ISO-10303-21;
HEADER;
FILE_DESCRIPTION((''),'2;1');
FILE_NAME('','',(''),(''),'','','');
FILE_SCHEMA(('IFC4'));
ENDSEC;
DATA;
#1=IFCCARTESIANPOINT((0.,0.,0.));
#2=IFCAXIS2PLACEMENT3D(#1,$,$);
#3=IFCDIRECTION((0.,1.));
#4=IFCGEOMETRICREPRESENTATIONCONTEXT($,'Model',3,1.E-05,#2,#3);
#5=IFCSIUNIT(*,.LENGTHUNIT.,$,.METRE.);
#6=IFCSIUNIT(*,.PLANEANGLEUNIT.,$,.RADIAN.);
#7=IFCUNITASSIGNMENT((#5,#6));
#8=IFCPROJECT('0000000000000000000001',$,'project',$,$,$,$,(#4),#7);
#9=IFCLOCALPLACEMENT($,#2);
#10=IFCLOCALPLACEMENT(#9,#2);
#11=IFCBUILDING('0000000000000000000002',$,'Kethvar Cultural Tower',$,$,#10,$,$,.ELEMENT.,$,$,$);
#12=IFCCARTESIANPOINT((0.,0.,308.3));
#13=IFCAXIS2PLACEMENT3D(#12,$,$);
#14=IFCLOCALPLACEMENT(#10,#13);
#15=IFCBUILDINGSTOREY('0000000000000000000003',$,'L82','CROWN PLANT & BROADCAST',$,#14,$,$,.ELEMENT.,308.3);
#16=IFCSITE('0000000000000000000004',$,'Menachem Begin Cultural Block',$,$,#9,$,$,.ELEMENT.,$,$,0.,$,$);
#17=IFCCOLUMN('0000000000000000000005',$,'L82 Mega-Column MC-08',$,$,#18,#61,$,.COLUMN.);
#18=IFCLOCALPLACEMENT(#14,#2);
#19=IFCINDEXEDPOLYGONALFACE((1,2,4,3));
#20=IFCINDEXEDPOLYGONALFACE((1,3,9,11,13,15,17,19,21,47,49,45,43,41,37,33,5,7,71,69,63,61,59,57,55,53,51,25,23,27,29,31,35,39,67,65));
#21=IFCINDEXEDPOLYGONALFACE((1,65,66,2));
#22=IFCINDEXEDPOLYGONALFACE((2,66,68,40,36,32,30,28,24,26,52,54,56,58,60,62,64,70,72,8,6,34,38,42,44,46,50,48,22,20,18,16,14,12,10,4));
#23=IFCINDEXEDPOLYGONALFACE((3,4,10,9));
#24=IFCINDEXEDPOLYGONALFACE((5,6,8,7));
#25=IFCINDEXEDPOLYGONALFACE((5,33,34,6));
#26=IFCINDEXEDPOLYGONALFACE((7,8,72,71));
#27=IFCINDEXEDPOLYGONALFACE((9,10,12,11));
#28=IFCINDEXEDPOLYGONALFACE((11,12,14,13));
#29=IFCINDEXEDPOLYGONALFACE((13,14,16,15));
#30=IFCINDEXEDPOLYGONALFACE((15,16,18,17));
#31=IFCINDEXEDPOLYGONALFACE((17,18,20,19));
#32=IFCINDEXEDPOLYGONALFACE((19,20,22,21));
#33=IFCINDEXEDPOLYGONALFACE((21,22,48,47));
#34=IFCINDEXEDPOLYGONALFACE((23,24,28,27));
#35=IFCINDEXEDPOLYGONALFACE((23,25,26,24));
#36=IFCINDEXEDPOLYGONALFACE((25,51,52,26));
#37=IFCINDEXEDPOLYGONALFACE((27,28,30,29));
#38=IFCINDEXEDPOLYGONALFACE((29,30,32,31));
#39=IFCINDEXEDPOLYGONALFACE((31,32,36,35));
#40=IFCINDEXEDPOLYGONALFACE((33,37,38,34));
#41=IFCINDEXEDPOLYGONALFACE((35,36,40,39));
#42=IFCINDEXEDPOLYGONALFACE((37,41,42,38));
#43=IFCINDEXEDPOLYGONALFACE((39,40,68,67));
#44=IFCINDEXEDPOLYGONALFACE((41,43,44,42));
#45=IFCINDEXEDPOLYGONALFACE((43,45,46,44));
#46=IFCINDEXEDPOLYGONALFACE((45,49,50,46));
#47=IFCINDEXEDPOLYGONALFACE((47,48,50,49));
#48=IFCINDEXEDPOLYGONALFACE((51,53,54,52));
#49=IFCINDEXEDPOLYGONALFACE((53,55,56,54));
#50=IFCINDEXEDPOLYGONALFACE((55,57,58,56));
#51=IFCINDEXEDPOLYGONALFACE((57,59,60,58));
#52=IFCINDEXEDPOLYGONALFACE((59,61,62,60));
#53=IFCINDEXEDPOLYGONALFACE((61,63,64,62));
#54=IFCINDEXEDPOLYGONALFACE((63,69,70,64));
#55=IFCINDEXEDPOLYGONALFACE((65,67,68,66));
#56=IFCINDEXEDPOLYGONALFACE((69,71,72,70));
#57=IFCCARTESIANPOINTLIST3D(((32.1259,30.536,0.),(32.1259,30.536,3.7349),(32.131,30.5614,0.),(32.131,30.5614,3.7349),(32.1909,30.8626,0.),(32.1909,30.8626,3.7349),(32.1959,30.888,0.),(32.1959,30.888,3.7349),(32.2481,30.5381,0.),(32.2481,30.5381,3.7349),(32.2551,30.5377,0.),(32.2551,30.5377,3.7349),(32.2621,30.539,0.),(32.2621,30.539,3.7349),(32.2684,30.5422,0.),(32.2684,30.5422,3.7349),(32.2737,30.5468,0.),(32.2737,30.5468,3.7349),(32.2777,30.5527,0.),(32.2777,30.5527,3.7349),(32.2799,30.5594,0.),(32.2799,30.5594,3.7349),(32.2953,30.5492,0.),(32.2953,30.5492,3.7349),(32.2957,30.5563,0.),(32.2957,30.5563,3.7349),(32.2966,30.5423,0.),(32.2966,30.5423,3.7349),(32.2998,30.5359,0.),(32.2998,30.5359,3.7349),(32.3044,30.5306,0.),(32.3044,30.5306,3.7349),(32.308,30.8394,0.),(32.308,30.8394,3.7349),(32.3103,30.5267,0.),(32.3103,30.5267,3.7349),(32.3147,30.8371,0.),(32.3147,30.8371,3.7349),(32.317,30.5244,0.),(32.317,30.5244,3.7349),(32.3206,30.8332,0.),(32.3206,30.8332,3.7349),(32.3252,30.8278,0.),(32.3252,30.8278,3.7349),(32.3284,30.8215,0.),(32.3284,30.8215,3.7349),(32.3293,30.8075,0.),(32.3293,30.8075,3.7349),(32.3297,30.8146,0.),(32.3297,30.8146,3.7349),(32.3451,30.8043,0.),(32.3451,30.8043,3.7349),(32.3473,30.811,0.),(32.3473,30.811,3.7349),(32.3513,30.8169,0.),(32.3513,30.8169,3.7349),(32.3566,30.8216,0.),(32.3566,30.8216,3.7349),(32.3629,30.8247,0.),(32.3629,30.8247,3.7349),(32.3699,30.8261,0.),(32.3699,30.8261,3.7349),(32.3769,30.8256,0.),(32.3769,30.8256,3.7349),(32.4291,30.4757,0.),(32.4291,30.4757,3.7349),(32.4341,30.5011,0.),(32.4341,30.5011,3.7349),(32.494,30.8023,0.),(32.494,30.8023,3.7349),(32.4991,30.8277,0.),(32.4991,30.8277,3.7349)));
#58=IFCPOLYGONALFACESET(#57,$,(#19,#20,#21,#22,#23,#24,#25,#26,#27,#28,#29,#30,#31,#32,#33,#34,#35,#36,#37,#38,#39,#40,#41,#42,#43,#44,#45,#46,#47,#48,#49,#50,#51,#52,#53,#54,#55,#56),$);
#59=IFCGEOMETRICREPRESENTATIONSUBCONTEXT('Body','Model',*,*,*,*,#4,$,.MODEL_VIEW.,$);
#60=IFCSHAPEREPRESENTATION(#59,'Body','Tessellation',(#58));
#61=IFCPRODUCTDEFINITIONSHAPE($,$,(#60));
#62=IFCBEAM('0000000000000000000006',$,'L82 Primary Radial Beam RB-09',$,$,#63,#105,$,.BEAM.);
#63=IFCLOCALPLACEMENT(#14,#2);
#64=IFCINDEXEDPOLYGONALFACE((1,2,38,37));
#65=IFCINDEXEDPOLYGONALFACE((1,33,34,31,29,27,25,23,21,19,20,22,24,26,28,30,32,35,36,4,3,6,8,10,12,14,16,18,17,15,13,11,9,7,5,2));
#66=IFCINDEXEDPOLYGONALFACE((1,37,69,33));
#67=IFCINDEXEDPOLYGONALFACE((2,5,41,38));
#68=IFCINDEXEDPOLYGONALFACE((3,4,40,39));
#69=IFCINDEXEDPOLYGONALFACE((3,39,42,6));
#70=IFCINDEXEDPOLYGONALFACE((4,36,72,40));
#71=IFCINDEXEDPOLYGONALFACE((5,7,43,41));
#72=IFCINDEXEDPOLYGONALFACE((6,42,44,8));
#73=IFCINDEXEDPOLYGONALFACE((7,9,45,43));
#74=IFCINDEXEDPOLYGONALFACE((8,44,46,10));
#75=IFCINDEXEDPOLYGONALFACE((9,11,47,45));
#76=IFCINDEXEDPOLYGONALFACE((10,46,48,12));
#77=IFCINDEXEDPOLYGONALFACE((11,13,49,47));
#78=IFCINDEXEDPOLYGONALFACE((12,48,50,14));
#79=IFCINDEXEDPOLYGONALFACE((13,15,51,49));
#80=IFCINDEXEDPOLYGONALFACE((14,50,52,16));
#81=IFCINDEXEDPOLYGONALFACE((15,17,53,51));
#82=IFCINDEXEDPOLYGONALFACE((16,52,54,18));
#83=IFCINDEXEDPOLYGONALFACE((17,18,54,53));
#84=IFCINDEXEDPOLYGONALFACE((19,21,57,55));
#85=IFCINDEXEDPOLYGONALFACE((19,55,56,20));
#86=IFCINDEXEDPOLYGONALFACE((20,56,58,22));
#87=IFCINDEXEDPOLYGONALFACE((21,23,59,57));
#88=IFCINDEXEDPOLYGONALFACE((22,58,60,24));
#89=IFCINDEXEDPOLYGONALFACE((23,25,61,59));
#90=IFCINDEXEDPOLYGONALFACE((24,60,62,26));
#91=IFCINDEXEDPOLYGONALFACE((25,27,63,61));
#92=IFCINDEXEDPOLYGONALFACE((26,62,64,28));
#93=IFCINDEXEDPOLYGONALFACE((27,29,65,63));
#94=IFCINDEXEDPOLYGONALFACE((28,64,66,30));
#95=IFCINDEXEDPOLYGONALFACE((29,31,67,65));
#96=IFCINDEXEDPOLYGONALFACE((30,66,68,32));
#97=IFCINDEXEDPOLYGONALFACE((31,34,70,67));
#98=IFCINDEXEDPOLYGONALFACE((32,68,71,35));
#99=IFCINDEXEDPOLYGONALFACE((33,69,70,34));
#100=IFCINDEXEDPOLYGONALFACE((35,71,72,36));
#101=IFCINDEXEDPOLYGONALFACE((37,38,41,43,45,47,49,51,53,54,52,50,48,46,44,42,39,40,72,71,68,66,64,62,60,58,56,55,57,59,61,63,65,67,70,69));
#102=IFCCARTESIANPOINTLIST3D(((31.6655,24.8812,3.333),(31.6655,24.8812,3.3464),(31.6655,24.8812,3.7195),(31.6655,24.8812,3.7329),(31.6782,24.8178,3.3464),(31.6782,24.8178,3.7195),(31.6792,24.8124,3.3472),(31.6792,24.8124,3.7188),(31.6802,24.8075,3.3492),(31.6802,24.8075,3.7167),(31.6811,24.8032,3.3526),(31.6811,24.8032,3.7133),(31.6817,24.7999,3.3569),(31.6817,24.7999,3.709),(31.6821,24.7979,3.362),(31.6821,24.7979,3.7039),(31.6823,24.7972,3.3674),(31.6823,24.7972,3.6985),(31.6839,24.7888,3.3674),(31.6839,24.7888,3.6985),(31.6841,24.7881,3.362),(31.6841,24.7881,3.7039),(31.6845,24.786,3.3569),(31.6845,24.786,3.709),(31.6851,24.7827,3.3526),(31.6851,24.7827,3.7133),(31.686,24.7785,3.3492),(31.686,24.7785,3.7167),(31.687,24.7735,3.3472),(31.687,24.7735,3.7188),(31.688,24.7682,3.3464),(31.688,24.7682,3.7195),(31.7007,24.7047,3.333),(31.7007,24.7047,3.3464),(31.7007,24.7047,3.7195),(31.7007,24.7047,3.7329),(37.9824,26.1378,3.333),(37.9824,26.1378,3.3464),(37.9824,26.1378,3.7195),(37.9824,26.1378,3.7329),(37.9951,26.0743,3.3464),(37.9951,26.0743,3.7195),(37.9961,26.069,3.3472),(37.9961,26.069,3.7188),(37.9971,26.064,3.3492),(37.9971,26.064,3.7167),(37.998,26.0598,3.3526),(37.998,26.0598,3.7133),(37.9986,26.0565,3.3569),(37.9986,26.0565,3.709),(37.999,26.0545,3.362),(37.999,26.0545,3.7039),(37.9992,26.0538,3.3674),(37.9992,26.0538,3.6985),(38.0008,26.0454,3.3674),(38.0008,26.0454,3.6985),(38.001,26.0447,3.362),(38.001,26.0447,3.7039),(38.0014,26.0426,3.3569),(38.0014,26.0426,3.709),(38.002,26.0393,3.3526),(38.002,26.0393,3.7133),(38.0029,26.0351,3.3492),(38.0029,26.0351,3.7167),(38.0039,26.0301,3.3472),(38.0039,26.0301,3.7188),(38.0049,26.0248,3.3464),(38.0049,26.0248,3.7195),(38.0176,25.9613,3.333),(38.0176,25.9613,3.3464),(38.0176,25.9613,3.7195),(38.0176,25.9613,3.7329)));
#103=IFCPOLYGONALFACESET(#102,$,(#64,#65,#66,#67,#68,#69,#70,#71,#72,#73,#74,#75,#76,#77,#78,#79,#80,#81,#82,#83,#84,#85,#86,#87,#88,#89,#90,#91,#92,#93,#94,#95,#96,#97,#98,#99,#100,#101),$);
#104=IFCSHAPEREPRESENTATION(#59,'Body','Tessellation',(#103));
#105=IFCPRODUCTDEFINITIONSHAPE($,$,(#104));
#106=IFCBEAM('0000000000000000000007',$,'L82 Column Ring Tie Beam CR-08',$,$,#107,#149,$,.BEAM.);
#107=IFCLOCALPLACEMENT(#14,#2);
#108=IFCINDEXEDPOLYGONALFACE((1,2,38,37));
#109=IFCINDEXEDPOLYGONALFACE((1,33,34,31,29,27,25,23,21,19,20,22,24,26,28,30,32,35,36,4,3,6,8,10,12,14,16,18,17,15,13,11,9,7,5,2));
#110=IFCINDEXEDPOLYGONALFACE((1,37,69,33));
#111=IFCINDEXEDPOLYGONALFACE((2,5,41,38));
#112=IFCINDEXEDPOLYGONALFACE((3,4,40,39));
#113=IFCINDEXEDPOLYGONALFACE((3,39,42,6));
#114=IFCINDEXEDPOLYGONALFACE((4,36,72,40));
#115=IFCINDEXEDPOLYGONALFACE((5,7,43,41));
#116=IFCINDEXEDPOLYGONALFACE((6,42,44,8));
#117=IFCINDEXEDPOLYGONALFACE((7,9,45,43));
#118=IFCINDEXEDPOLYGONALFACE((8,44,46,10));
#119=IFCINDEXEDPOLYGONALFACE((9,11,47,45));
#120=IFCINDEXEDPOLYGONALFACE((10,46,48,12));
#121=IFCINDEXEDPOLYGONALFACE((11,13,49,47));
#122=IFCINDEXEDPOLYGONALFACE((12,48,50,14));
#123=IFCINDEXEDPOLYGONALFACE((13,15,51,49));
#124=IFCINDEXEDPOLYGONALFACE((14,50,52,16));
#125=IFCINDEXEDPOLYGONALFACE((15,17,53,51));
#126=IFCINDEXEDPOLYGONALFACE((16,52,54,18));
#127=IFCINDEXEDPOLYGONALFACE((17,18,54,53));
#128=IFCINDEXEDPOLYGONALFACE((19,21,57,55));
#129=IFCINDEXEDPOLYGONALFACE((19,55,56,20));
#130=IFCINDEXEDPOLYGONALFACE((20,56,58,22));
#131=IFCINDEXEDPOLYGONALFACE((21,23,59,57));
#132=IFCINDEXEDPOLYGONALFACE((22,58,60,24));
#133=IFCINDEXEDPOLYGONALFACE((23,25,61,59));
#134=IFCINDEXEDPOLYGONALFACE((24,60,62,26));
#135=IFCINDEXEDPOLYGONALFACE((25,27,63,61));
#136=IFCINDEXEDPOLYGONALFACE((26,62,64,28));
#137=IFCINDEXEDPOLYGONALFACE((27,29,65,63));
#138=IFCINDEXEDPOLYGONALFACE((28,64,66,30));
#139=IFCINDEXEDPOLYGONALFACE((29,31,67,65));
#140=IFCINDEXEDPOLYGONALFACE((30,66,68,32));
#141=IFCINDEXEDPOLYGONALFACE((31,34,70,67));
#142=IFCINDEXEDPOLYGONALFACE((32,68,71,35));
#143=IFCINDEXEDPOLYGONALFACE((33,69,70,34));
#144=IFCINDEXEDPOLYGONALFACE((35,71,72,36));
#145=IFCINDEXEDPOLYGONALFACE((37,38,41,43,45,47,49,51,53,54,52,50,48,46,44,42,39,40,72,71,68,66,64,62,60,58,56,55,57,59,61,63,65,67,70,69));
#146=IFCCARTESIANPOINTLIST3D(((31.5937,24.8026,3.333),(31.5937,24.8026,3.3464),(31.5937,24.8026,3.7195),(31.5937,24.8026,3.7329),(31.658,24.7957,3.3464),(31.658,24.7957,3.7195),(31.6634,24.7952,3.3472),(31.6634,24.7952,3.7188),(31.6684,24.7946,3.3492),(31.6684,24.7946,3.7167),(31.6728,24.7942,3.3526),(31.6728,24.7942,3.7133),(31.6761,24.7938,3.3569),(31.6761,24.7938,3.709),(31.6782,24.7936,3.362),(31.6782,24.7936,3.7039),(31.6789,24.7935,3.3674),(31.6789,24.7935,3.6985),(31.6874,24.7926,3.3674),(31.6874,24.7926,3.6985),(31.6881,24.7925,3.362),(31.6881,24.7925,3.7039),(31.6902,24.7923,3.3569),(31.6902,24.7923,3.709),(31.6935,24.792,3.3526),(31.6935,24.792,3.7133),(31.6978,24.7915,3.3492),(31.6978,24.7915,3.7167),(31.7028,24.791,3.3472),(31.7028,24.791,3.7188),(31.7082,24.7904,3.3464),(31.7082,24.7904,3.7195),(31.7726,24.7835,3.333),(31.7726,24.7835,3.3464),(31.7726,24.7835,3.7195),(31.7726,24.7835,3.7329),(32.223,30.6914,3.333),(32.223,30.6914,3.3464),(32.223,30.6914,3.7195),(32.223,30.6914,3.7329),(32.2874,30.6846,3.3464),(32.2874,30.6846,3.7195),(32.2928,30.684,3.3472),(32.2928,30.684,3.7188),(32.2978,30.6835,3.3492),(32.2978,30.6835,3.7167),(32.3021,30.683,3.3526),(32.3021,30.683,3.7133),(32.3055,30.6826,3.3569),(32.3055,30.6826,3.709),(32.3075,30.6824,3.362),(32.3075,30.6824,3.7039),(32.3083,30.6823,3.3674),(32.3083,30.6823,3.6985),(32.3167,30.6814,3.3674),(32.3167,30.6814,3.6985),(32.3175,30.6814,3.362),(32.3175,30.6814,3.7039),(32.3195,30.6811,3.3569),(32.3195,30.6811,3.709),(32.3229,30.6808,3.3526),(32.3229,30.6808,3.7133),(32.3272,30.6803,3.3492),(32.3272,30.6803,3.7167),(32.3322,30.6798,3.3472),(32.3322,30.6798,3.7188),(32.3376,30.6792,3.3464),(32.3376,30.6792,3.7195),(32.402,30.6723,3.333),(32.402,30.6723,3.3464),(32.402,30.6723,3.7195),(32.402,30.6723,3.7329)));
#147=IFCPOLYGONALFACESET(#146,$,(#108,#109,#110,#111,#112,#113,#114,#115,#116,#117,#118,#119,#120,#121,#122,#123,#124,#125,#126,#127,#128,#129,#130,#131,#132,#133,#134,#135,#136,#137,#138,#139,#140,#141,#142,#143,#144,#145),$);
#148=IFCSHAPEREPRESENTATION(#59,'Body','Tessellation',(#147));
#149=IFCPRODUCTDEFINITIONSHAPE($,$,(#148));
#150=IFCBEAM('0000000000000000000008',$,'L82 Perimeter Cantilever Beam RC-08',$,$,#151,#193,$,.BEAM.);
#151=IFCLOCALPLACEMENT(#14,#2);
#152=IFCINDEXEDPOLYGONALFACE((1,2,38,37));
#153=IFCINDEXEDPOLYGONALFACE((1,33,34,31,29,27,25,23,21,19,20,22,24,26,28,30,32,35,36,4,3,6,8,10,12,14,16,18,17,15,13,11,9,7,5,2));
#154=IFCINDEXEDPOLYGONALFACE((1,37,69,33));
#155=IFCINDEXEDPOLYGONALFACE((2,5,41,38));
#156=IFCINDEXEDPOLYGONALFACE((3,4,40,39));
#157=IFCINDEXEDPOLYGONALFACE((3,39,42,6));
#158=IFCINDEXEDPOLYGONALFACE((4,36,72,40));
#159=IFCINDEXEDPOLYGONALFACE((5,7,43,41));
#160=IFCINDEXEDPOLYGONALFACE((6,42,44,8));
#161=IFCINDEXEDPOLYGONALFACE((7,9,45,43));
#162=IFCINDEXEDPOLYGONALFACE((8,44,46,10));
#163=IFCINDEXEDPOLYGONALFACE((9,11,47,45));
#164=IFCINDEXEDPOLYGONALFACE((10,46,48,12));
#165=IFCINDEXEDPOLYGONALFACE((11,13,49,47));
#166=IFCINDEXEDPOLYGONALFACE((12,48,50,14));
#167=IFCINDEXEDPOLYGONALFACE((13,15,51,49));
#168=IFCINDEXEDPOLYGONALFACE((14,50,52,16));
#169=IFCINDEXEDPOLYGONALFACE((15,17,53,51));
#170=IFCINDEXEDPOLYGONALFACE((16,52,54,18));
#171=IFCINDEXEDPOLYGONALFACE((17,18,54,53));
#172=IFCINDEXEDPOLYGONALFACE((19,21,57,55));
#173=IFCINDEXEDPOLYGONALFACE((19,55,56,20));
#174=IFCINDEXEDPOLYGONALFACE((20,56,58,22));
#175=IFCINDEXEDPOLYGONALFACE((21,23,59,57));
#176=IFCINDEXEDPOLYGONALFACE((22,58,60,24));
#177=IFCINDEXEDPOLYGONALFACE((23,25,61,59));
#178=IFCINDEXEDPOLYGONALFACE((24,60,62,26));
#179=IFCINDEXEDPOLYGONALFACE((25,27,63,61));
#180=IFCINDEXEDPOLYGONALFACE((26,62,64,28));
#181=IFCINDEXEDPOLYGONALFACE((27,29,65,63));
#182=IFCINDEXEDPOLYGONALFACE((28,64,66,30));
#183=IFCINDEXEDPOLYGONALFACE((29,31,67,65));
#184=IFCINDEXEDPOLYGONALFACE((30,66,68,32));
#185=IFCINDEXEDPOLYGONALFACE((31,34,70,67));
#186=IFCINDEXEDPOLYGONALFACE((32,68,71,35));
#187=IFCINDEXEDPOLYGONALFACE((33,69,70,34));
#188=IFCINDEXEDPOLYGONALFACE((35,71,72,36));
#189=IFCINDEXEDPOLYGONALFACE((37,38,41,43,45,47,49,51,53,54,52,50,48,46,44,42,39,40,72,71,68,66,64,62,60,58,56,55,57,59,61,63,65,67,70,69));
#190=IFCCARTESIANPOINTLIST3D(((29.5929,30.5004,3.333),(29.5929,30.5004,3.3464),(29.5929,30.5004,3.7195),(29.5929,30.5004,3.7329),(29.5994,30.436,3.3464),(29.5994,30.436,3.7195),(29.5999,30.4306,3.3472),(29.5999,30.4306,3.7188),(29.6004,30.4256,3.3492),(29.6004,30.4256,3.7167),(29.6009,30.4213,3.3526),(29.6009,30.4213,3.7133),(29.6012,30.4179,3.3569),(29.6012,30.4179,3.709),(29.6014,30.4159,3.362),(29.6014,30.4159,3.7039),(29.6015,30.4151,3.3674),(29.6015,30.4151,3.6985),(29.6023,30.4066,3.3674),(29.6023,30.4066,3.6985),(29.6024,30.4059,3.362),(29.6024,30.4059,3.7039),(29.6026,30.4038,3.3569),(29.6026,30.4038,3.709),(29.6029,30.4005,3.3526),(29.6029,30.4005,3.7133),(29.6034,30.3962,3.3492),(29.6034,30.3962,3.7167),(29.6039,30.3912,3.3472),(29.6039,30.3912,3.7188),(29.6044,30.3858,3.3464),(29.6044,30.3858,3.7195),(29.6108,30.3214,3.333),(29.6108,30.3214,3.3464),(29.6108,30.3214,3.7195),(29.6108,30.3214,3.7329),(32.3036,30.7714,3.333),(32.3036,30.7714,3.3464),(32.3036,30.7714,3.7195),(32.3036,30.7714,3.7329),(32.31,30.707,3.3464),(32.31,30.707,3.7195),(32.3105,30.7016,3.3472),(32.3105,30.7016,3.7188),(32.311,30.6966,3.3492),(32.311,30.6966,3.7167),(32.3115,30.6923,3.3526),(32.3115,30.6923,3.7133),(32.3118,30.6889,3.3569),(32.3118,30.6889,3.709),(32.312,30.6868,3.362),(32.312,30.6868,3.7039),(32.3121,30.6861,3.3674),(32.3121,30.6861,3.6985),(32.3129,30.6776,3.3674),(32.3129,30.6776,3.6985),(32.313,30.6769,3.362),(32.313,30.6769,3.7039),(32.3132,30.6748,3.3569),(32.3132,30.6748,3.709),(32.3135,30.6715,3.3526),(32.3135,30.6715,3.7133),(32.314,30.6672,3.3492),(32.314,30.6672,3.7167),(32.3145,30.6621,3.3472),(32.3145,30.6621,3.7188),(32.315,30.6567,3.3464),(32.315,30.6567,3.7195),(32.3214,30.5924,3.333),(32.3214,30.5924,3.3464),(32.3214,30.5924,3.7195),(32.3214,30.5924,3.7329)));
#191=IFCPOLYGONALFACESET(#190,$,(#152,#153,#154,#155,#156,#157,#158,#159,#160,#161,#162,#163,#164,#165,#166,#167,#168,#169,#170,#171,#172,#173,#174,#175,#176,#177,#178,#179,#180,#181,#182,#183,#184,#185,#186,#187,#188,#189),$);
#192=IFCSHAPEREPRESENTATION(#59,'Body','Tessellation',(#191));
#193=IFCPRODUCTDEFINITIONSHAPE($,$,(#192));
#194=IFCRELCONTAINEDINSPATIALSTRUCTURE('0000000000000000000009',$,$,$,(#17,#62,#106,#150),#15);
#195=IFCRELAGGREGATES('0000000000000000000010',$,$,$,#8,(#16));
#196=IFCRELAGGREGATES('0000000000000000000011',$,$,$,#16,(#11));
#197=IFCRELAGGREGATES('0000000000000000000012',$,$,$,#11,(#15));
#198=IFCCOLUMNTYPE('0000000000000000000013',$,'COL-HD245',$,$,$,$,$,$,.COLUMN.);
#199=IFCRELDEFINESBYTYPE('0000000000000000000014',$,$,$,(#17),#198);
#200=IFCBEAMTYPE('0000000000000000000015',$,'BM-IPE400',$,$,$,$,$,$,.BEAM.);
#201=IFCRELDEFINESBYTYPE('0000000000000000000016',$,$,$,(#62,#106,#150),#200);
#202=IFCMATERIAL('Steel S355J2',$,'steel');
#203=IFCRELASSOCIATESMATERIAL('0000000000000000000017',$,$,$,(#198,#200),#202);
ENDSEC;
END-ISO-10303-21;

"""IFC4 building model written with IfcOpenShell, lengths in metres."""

from ifc_helpers import new_model, si_unit, direction, frame, origin, origin_2d, place, context, subcontext, project, spatial, i_section, extrude, source, transform, mapped, material, material_profile, profile_set, type_object, element, save


model = new_model("IFC4")

# Units and contexts
model_context = context("Model", 3, precision=1e-05, world=origin(), true_north=direction((0.0, 1.0)))
body_context = subcontext(model_context, "Body", "Model", "MODEL_VIEW")
ifc_project = project(units=[si_unit("LENGTHUNIT", "METRE"), si_unit("PLANEANGLEUNIT", "RADIAN")], contexts=[model_context])

# Site, building, storey
site_placement = place(None, origin())
site = spatial("IfcSite", under=ifc_project, at=site_placement, Name="Menachem Begin Cultural Block", CompositionType="ELEMENT", RefElevation=0.0)
building_placement = place(site_placement, origin())
building = spatial("IfcBuilding", under=site, at=building_placement, Name="Kethvar Cultural Tower", CompositionType="ELEMENT")
storey_placement = place(building_placement, frame((0.0, 0.0, 308.3)))
storey = spatial("IfcBuildingStorey", under=building, at=storey_placement, Name="L82", Description="CROWN PLANT & BROADCAST", CompositionType="ELEMENT", Elevation=308.3)

# Column
ifc_material_1 = material(Name="Steel S355J2", Category="steel")
ifc_material_profile_1 = material_profile(ifc_material_1, i_section(OverallWidth=0.3091, OverallDepth=0.3589, WebThickness=0.0161, FlangeThickness=0.0259, FilletRadius=0.0271, at=origin_2d()), Name="Steel S355J2 — HD320x245")
ifc_profile_set_1 = profile_set([ifc_material_profile_1], Name="Steel S355J2 — HD320x245")
column_type = type_object("IfcColumnType", Name="COL-HD245", PredefinedType="COLUMN", material=ifc_profile_set_1)
shared_shape_1 = source(origin(), body_context, "Body", "SweptSolid", [
    extrude(i_section(OverallWidth=0.3091, OverallDepth=0.3589, WebThickness=0.0161, FlangeThickness=0.0259, FilletRadius=0.0271, at=origin_2d()), origin(), (0.0, 0.0, 1.0), 3.7349),
])
column_placement = place(storey_placement, frame((32.3125, 30.6819, 0.0), z_axis=(0.0, 0.0, 1.0), x_axis=(-0.980785, 0.19509, 0.0)))
element("IfcColumn", 1, at=column_placement, inside=storey, type_object=column_type, Name="L82 Mega-Column MC-08", PredefinedType="COLUMN", context=body_context, shape_type="MappedRepresentation", body=[
    mapped(shared_shape_1, transform((0.0, 0.0, 0.0), scale=1.0)),
])

# Beams
ifc_material_profile_2 = material_profile(ifc_material_1, i_section(OverallWidth=0.1799, OverallDepth=0.3999, WebThickness=0.0085, FlangeThickness=0.0134, FilletRadius=0.021, at=origin_2d()), Name="Steel S355J2 — IPE400")
ifc_profile_set_2 = profile_set([ifc_material_profile_2], Name="Steel S355J2 — IPE400")
beam_type_1 = type_object("IfcBeamType", Name="BM-IPE400", PredefinedType="BEAM", material=ifc_profile_set_2)
shared_shape_2 = source(origin(), body_context, "Body", "SweptSolid", [
    extrude(i_section(OverallWidth=0.1799, OverallDepth=0.3999, WebThickness=0.0085, FlangeThickness=0.0134, FilletRadius=0.021, at=origin_2d()), origin(), (0.0, 0.0, 1.0), 6.4407),
])
beam_1_placement = place(storey_placement, frame((38.0, 26.0496, 3.533), z_axis=(-0.980783, -0.195103, 0.0), x_axis=(0.195103, -0.980783, 0.0)))
element("IfcBeam", 2, at=beam_1_placement, inside=storey, type_object=beam_type_1, Name="L82 Primary Radial Beam RB-09", PredefinedType="BEAM", context=body_context, shape_type="MappedRepresentation", body=[
    mapped(shared_shape_2, transform((0.0, 0.0, 0.0), scale=1.0)),
])
shared_shape_3 = source(origin(), body_context, "Body", "SweptSolid", [
    extrude(i_section(OverallWidth=0.1799, OverallDepth=0.3999, WebThickness=0.0085, FlangeThickness=0.0134, FilletRadius=0.021, at=origin_2d()), origin(), (0.0, 0.0, 1.0), 5.9224),
])
beam_2_placement = place(storey_placement, frame((32.3125, 30.6819, 3.533), z_axis=(-0.106273, -0.994337, 0.0), x_axis=(0.994337, -0.106273, 0.0)))
element("IfcBeam", 3, at=beam_2_placement, inside=storey, type_object=beam_type_1, Name="L82 Column Ring Tie Beam CR-08", PredefinedType="BEAM", context=body_context, shape_type="MappedRepresentation", body=[
    mapped(shared_shape_3, transform((0.0, 0.0, 0.0), scale=1.0)),
])
shared_shape_4 = source(origin(), body_context, "Body", "SweptSolid", [
    extrude(i_section(OverallWidth=0.1799, OverallDepth=0.3999, WebThickness=0.0085, FlangeThickness=0.0134, FilletRadius=0.021, at=origin_2d()), origin(), (0.0, 0.0, 1.0), 2.7241),
])
beam_3_placement = place(storey_placement, frame((32.3125, 30.6819, 3.533), z_axis=(-0.99504, -0.099477, 0.0), x_axis=(0.099477, -0.99504, 0.0)))
element("IfcBeam", 4, at=beam_3_placement, inside=storey, type_object=beam_type_1, Name="L82 Perimeter Cantilever Beam RC-08", PredefinedType="BEAM", context=body_context, shape_type="MappedRepresentation", body=[
    mapped(shared_shape_4, transform((0.0, 0.0, 0.0), scale=1.0)),
])

save(model, "model.ifc")
